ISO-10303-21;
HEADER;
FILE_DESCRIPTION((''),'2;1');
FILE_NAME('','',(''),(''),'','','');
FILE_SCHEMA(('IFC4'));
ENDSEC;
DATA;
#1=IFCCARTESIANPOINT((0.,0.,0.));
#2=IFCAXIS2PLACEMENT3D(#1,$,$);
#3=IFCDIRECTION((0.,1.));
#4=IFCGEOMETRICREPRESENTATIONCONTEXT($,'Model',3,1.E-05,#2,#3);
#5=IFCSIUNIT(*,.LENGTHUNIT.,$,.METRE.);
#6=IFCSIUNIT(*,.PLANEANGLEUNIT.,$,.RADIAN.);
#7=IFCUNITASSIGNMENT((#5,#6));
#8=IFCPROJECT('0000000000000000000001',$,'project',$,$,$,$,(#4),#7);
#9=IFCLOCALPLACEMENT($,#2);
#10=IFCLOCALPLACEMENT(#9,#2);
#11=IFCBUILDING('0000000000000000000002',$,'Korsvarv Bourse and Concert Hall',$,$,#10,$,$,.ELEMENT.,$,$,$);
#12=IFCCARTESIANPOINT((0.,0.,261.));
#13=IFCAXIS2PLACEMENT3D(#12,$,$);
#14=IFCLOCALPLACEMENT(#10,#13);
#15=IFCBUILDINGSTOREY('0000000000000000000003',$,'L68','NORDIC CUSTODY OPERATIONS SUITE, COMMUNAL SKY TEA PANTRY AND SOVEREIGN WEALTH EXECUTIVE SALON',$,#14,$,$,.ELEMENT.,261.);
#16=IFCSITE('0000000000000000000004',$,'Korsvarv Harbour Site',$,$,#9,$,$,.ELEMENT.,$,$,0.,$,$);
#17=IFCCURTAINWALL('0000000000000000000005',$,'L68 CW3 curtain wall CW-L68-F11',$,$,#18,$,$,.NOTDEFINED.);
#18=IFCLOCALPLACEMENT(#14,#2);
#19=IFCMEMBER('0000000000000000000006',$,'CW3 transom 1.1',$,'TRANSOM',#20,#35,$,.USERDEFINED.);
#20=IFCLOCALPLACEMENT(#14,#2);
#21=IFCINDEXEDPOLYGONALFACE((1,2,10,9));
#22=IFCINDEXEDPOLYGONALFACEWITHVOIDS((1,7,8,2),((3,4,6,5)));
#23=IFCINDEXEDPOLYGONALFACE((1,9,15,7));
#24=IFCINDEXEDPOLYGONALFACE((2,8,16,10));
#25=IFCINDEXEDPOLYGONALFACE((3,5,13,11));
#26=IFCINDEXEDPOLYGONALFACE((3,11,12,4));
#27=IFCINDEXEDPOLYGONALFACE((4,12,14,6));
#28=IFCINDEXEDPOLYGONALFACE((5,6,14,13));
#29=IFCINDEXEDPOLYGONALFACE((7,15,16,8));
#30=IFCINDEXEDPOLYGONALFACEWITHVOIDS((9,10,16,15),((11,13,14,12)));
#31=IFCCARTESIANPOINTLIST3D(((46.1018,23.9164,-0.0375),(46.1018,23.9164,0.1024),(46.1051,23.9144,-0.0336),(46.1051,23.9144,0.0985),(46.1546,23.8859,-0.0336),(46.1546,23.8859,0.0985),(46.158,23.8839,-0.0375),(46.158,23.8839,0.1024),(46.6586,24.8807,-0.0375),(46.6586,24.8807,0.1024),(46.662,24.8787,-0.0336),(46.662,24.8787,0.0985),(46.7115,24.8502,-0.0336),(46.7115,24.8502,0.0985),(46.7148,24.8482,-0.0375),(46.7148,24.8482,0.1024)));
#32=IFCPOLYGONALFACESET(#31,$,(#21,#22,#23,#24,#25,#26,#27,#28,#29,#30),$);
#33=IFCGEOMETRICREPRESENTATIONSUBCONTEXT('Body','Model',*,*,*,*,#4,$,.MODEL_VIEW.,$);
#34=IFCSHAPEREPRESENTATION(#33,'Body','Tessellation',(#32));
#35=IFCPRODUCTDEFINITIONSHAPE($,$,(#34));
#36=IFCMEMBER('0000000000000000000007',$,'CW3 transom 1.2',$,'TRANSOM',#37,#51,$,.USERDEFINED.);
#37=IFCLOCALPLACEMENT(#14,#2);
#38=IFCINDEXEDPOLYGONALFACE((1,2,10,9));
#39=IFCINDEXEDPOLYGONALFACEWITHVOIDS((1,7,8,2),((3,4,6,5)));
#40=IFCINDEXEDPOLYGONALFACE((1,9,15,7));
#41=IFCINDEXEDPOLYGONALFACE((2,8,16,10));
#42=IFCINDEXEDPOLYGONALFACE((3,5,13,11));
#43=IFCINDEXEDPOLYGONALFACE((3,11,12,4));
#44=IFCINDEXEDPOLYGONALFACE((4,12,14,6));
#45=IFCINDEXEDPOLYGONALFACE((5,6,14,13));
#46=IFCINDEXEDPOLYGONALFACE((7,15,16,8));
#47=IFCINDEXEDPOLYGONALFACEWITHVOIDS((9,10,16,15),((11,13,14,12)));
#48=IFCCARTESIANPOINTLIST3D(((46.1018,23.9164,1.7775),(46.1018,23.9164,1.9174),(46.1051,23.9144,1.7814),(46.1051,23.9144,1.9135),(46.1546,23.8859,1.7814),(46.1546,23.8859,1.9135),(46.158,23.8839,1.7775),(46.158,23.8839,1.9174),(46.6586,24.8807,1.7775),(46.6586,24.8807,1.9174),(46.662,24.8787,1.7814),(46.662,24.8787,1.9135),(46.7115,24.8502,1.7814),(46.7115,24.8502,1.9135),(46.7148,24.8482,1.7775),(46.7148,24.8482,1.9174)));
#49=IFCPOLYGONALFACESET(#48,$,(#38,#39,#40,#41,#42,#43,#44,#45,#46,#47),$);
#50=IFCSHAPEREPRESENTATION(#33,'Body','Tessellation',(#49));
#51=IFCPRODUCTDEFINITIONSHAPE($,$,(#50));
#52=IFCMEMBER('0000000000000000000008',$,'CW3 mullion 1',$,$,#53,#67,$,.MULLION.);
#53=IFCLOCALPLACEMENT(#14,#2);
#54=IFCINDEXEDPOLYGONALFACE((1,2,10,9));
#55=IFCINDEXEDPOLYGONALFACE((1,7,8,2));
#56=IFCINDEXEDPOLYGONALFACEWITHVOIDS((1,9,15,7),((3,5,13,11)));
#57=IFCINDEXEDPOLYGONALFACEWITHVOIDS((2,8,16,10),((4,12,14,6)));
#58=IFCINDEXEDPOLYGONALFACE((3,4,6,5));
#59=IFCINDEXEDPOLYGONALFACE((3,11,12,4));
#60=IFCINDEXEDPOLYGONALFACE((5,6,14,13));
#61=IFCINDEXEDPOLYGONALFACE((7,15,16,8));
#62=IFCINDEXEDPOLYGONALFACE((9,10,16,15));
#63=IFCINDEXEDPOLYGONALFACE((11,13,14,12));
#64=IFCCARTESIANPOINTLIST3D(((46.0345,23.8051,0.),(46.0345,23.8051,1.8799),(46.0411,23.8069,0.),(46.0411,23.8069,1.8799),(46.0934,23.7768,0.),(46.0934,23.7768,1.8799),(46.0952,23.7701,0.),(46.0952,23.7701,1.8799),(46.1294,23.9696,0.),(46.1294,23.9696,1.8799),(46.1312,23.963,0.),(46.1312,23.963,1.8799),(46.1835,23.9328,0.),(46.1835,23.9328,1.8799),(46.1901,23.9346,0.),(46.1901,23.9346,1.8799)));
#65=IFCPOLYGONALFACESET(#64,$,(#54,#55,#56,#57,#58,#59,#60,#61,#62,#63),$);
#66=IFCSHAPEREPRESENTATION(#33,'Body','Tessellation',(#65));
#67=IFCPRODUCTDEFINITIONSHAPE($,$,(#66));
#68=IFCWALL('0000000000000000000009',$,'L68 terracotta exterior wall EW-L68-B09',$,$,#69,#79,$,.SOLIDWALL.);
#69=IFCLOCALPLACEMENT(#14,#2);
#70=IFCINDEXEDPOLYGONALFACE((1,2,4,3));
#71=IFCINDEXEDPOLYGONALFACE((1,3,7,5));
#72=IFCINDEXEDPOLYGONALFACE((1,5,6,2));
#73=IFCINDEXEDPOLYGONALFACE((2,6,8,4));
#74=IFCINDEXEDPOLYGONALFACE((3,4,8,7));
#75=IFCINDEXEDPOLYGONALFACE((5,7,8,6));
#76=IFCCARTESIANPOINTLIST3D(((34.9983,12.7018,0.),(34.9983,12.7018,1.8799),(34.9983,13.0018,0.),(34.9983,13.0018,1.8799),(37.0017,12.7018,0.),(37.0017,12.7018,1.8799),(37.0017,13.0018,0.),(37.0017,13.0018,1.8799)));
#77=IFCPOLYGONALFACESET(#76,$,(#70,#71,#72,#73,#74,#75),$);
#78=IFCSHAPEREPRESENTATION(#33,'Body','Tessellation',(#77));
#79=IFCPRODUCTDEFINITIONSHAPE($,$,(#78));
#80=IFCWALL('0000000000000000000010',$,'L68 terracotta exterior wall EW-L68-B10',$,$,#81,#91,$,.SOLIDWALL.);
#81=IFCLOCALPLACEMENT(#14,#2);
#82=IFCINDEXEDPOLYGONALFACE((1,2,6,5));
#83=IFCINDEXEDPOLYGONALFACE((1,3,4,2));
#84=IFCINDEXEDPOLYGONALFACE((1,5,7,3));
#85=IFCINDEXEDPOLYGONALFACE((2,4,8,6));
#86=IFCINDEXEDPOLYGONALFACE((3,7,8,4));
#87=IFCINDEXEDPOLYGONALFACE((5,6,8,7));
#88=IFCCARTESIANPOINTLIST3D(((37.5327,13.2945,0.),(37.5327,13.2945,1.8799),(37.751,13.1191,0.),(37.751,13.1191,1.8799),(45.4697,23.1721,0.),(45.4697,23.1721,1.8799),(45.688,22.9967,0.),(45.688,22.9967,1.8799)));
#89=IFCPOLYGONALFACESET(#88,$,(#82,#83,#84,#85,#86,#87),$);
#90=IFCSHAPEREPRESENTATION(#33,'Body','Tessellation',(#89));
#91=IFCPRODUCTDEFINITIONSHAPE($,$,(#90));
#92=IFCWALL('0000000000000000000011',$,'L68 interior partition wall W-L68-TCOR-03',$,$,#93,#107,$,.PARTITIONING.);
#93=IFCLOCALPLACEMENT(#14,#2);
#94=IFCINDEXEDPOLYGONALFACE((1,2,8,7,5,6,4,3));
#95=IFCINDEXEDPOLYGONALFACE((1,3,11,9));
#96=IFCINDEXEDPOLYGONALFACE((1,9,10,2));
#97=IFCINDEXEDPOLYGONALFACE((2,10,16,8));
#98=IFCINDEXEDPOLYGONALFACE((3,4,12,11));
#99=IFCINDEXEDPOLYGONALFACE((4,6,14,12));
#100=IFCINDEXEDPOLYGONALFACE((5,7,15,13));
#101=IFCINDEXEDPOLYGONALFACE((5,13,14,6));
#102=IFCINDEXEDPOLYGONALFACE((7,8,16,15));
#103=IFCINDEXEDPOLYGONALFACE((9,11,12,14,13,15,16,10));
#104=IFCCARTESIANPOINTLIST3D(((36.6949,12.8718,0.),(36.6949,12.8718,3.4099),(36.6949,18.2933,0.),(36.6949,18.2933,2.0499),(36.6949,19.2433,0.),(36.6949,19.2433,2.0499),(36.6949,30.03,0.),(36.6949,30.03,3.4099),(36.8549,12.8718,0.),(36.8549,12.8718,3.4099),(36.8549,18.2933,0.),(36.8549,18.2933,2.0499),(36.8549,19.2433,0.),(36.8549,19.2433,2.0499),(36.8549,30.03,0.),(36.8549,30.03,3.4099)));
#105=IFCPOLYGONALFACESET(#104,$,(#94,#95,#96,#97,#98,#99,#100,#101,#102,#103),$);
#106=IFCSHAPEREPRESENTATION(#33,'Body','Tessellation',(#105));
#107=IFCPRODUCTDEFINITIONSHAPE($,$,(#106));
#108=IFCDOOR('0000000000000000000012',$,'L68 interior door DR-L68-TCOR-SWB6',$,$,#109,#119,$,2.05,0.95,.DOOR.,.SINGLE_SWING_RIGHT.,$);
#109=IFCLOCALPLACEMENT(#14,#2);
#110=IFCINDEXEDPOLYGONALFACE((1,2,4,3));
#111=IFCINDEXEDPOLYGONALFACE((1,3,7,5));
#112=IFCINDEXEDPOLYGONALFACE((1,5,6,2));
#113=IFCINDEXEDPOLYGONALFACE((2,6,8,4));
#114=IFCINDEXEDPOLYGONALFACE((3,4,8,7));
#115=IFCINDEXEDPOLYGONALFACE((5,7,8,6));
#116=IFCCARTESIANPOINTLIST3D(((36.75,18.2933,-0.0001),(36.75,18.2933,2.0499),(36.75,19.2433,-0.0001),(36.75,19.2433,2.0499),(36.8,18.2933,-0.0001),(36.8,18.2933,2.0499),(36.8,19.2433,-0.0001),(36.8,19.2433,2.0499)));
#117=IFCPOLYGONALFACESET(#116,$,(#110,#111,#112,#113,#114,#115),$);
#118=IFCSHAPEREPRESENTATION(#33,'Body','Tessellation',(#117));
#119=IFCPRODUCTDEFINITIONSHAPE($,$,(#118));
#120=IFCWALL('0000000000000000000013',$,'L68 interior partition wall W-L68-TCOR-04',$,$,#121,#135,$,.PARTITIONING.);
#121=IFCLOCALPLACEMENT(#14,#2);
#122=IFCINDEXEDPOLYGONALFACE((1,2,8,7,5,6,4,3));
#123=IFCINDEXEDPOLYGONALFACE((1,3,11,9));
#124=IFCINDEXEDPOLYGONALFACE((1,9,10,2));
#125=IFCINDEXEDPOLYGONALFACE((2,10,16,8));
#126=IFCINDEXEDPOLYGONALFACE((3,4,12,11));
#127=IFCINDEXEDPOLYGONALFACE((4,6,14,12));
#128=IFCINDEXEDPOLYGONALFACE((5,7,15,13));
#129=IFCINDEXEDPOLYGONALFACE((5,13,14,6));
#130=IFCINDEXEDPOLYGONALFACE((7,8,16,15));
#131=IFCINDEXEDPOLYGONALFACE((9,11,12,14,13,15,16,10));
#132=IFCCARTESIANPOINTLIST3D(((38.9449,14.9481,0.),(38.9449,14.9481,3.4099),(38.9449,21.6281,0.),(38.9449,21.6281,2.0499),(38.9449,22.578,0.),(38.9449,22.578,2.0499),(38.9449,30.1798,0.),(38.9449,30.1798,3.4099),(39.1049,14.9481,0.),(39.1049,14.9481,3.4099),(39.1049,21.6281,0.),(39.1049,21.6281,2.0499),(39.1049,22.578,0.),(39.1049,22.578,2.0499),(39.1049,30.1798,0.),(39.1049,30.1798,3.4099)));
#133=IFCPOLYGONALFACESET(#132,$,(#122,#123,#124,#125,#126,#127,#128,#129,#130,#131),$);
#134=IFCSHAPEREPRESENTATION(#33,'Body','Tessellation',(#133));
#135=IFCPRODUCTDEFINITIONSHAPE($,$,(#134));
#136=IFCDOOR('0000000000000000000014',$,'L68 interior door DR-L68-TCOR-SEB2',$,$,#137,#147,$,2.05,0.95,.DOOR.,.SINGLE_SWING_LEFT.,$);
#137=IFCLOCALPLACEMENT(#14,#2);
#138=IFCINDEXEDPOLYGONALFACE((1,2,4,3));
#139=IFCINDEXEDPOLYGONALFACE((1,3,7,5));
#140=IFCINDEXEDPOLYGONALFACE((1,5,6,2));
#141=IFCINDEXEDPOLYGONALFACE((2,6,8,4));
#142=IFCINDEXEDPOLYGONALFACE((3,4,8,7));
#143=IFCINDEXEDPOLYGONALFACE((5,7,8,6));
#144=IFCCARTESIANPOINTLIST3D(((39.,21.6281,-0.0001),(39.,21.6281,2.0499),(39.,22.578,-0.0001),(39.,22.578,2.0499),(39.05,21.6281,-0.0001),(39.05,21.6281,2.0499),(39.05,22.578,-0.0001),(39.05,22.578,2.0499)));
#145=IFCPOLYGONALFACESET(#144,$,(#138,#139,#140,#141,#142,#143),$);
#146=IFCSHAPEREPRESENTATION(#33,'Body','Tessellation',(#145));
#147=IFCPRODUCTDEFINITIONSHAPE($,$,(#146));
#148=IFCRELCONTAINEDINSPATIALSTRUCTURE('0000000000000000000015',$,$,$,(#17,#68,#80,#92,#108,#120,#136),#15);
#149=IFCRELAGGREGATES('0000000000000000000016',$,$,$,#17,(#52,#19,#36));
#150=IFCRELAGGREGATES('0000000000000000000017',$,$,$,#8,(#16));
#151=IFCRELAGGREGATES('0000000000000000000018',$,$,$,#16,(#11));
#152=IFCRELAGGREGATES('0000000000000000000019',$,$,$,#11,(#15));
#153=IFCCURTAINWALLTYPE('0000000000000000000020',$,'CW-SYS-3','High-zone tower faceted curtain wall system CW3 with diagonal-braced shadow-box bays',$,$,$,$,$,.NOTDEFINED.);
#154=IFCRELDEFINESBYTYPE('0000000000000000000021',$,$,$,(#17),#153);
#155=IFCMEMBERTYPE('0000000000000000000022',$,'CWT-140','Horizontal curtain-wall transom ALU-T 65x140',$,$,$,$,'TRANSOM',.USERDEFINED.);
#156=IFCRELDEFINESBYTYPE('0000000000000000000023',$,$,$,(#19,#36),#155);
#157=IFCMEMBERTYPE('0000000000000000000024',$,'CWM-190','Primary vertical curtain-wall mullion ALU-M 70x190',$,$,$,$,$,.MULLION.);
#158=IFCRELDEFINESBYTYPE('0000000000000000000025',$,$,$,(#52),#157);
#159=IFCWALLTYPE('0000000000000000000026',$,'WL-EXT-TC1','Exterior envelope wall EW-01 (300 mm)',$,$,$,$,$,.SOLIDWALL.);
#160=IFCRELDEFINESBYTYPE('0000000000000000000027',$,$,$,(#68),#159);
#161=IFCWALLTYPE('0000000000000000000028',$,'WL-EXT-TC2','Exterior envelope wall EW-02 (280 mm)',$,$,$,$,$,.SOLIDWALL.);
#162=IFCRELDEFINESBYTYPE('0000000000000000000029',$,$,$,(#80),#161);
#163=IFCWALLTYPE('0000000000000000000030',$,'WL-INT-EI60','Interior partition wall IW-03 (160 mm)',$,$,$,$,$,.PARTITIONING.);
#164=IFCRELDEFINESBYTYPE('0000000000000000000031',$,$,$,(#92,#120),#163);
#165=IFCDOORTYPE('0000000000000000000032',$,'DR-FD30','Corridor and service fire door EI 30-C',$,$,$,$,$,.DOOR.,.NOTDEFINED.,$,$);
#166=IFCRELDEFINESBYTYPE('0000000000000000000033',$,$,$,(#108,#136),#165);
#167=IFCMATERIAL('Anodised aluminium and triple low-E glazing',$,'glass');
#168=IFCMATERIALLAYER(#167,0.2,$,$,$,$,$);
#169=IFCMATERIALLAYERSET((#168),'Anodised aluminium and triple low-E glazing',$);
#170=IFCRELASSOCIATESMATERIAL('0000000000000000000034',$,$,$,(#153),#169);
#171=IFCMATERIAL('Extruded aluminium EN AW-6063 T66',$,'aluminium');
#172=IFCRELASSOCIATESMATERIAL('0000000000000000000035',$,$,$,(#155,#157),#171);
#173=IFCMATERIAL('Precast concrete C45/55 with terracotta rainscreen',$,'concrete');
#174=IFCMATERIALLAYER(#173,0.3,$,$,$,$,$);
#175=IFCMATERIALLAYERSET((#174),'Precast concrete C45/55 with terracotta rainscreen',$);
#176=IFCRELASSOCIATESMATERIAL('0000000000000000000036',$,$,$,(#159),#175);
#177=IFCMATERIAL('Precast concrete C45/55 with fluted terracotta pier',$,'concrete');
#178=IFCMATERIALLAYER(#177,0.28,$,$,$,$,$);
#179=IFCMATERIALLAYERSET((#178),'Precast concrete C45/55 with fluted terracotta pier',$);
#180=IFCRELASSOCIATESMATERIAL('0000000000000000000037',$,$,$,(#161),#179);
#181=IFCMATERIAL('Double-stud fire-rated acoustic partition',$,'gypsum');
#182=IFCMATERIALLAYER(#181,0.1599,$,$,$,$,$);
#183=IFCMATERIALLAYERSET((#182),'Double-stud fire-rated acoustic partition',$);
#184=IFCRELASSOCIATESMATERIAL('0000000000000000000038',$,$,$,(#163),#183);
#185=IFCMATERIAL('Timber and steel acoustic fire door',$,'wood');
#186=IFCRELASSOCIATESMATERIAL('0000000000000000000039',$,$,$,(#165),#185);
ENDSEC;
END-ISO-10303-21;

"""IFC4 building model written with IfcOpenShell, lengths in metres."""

from ifc_helpers import new_model, si_unit, direction, frame, frame_2d, origin, origin_2d, place, context, subcontext, project, spatial, rectangle, hollow_rectangle, extrude, source, transform, mapped, material, layer, layer_set, material_profile, profile_set, type_object, element, fill, aggregate, save


model = new_model("IFC4")

# Units and contexts
model_context = context("Model", 3, precision=1e-05, world=origin(), true_north=direction((0.0, 1.0)))
body_context = subcontext(model_context, "Body", "Model", "MODEL_VIEW")
ifc_project = project(units=[si_unit("LENGTHUNIT", "METRE"), si_unit("PLANEANGLEUNIT", "RADIAN")], contexts=[model_context])

# Site, building, storey
site_placement = place(None, origin())
site = spatial("IfcSite", under=ifc_project, at=site_placement, Name="Korsvarv Harbour Site", CompositionType="ELEMENT", RefElevation=0.0)
building_placement = place(site_placement, origin())
building = spatial("IfcBuilding", under=site, at=building_placement, Name="Korsvarv Bourse and Concert Hall", CompositionType="ELEMENT")
storey_placement = place(building_placement, frame((0.0, 0.0, 261.0)))
storey = spatial("IfcBuildingStorey", under=building, at=storey_placement, Name="L68", Description="NORDIC CUSTODY OPERATIONS SUITE, COMMUNAL SKY TEA PANTRY AND SOVEREIGN WEALTH EXECUTIVE SALON", CompositionType="ELEMENT", Elevation=261.0)

# Curtain wall, members
ifc_material_1 = material(Name="Anodised aluminium and triple low-E glazing", Category="glass")
ifc_layer_1 = layer(ifc_material_1, 0.2)
ifc_layer_set_1 = layer_set([ifc_layer_1], Name="Anodised aluminium and triple low-E glazing")
curtain_wall_type = type_object("IfcCurtainWallType", Name="CW-SYS-3", Description="High-zone tower faceted curtain wall system CW3 with diagonal-braced shadow-box bays", PredefinedType="NOTDEFINED", material=ifc_layer_set_1)
curtain_wall_placement = place(storey_placement, origin())
curtain_wall = element("IfcCurtainWall", 1, at=curtain_wall_placement, inside=storey, type_object=curtain_wall_type, Name="L68 CW3 curtain wall CW-L68-F11", PredefinedType="NOTDEFINED")
ifc_material_2 = material(Name="Extruded aluminium EN AW-6063 T66", Category="aluminium")
ifc_material_profile_1 = material_profile(ifc_material_2, hollow_rectangle(XDim=0.0649, YDim=0.1399, WallThickness=0.0039, at=origin_2d()), Name="ALU-T 65x140")
ifc_profile_set_1 = profile_set([ifc_material_profile_1], Name="Extruded aluminium EN AW-6063 T66")
member_type_1 = type_object("IfcMemberType", Name="CWT-140", Description="Horizontal curtain-wall transom ALU-T 65x140", ElementType="TRANSOM", PredefinedType="USERDEFINED", material=ifc_profile_set_1)
shared_shape_1 = source(origin(), body_context, "Body", "SweptSolid", [
    extrude(hollow_rectangle(XDim=0.0649, YDim=0.1399, WallThickness=0.0039, at=origin_2d()), origin(), (0.0, 0.0, 1.0), 1.1135),
])
member_1_placement = place(storey_placement, frame((46.1299, 23.9001, 0.0325), z_axis=(0.500077, 0.865981, 0.0), x_axis=(-0.865981, 0.500077, 0.0)))
member_1 = element("IfcMember", 2, at=member_1_placement, type_object=member_type_1, Name="CW3 transom 1.1", ObjectType="TRANSOM", PredefinedType="USERDEFINED", context=body_context, shape_type="MappedRepresentation", body=[
    mapped(shared_shape_1, transform((0.0, 0.0, 0.0), scale=1.0)),
])
member_2_placement = place(storey_placement, frame((46.1299, 23.9001, 1.8474), z_axis=(0.500077, 0.865981, 0.0), x_axis=(-0.865981, 0.500077, 0.0)))
member_2 = element("IfcMember", 3, at=member_2_placement, type_object=member_type_1, Name="CW3 transom 1.2", ObjectType="TRANSOM", PredefinedType="USERDEFINED", context=body_context, shape_type="MappedRepresentation", body=[
    mapped(shared_shape_1, transform((0.0, 0.0, 0.0), scale=1.0)),
])
ifc_material_profile_2 = material_profile(ifc_material_2, hollow_rectangle(XDim=0.0701, YDim=0.1899, WallThickness=0.0049, at=origin_2d()), Name="ALU-M 70x190")
ifc_profile_set_2 = profile_set([ifc_material_profile_2], Name="Extruded aluminium EN AW-6063 T66")
member_type_2 = type_object("IfcMemberType", Name="CWM-190", Description="Primary vertical curtain-wall mullion ALU-M 70x190", PredefinedType="MULLION", material=ifc_profile_set_2)
shared_shape_2 = source(origin(), body_context, "Body", "SweptSolid", [
    extrude(hollow_rectangle(XDim=0.0701, YDim=0.1899, WallThickness=0.0049, at=origin_2d()), origin(), (0.0, 0.0, 1.0), 1.8799),
])
member_3_placement = place(storey_placement, frame((46.1123, 23.8699, 0.0), z_axis=(0.0, 0.0, 1.0), x_axis=(-0.866023, 0.500004, 0.0)))
member_3 = element("IfcMember", 4, at=member_3_placement, type_object=member_type_2, Name="CW3 mullion 1", PredefinedType="MULLION", context=body_context, shape_type="MappedRepresentation", body=[
    mapped(shared_shape_2, transform((0.0, 0.0, 0.0), scale=1.0)),
])
aggregate(curtain_wall, [member_3, member_1, member_2])

# Walls
ifc_material_3 = material(Name="Precast concrete C45/55 with terracotta rainscreen", Category="concrete")
ifc_layer_2 = layer(ifc_material_3, 0.3)
ifc_layer_set_2 = layer_set([ifc_layer_2], Name="Precast concrete C45/55 with terracotta rainscreen")
wall_type_1 = type_object("IfcWallType", Name="WL-EXT-TC1", Description="Exterior envelope wall EW-01 (300 mm)", PredefinedType="SOLIDWALL", material=ifc_layer_set_2)
wall_1_placement = place(storey_placement, frame((34.9983, 12.8518, 0.0), z_axis=(0.0, 0.0, 1.0), x_axis=(1.0, 0.0, 0.0)))
element("IfcWall", 5, at=wall_1_placement, inside=storey, type_object=wall_type_1, Name="L68 terracotta exterior wall EW-L68-B09", PredefinedType="SOLIDWALL", context=body_context, shape_type="SweptSolid", body=[
    extrude(rectangle(XDim=2.0034, YDim=0.3, at=frame_2d((1.0017, 0.0))), origin(), (0.0, 0.0, 1.0), 1.8799),
])
ifc_material_4 = material(Name="Precast concrete C45/55 with fluted terracotta pier", Category="concrete")
ifc_layer_3 = layer(ifc_material_4, 0.28)
ifc_layer_set_3 = layer_set([ifc_layer_3], Name="Precast concrete C45/55 with fluted terracotta pier")
wall_type_2 = type_object("IfcWallType", Name="WL-EXT-TC2", Description="Exterior envelope wall EW-02 (280 mm)", PredefinedType="SOLIDWALL", material=ifc_layer_set_3)
wall_2_placement = place(storey_placement, frame((37.6418, 13.2068, 0.0), z_axis=(0.0, 0.0, 1.0), x_axis=(0.626371, 0.779525, 0.0)))
element("IfcWall", 6, at=wall_2_placement, inside=storey, type_object=wall_type_2, Name="L68 terracotta exterior wall EW-L68-B10", PredefinedType="SOLIDWALL", context=body_context, shape_type="SweptSolid", body=[
    extrude(rectangle(XDim=12.6714, YDim=0.28, at=frame_2d((6.3357, 0.0))), origin(), (0.0, 0.0, 1.0), 1.8799),
])

# Walls, openings, doors
ifc_material_5 = material(Name="Double-stud fire-rated acoustic partition", Category="gypsum")
ifc_layer_4 = layer(ifc_material_5, 0.1599)
ifc_layer_set_4 = layer_set([ifc_layer_4], Name="Double-stud fire-rated acoustic partition")
wall_type_3 = type_object("IfcWallType", Name="WL-INT-EI60", Description="Interior partition wall IW-03 (160 mm)", PredefinedType="PARTITIONING", material=ifc_layer_set_4)
wall_3_placement = place(storey_placement, frame((36.7749, 12.8718, 0.0), z_axis=(0.0, 0.0, 1.0), x_axis=(0.0, 1.0, 0.0)))
wall_3 = element("IfcWall", 7, at=wall_3_placement, inside=storey, type_object=wall_type_3, Name="L68 interior partition wall W-L68-TCOR-03", PredefinedType="PARTITIONING", context=body_context, shape_type="SweptSolid", body=[
    extrude(rectangle(XDim=17.1582, YDim=0.1599, at=frame_2d((8.5791, 0.0))), origin(), (0.0, 0.0, 1.0), 3.4099),
])
opening_1_placement = place(wall_3_placement, frame((5.4214, 0.0, 0.0)))
opening_1 = element("IfcOpeningElement", 8, at=opening_1_placement, cuts=wall_3, PredefinedType="OPENING", context=body_context, shape_type="SweptSolid", body=[
    extrude(rectangle(XDim=0.95, YDim=2.05, at=frame_2d((0.4751, 1.0249))), frame((0.0, 0.0898, 0.0), z_axis=(0.0, -1.0, 0.0), x_axis=(1.0, 0.0, 0.0)), (0.0, 0.0, 1.0), 0.1799),
])
ifc_material_6 = material(Name="Timber and steel acoustic fire door", Category="wood")
door_type_1 = type_object("IfcDoorType", Name="DR-FD30", Description="Corridor and service fire door EI 30-C", OperationType="NOTDEFINED", PredefinedType="DOOR", material=ifc_material_6)
door_1_placement = place(opening_1_placement, origin())
door_1 = element("IfcDoor", 9, at=door_1_placement, inside=storey, type_object=door_type_1, Name="L68 interior door DR-L68-TCOR-SWB6", OperationType="SINGLE_SWING_RIGHT", OverallHeight=2.05, OverallWidth=0.95, PredefinedType="DOOR", context=body_context, shape_type="SweptSolid", body=[
    extrude(rectangle(XDim=0.95, YDim=2.05, at=frame_2d((0.4751, 1.0249))), frame((0.0, 0.0249, 0.0), z_axis=(0.0, -1.0, 0.0), x_axis=(1.0, 0.0, 0.0)), (0.0, 0.0, 1.0), 0.05),
])
fill(opening_1, door_1)
wall_4_placement = place(storey_placement, frame((39.0249, 14.9482, 0.0), z_axis=(0.0, 0.0, 1.0), x_axis=(0.0, 1.0, 0.0)))
wall_4 = element("IfcWall", 10, at=wall_4_placement, inside=storey, type_object=wall_type_3, Name="L68 interior partition wall W-L68-TCOR-04", PredefinedType="PARTITIONING", context=body_context, shape_type="SweptSolid", body=[
    extrude(rectangle(XDim=15.2317, YDim=0.1599, at=frame_2d((7.6157, 0.0))), origin(), (0.0, 0.0, 1.0), 3.4099),
])
opening_2_placement = place(wall_4_placement, frame((6.6797, 0.0, 0.0)))
opening_2 = element("IfcOpeningElement", 11, at=opening_2_placement, cuts=wall_4, PredefinedType="OPENING", context=body_context, shape_type="SweptSolid", body=[
    extrude(rectangle(XDim=0.95, YDim=2.05, at=frame_2d((0.4751, 1.0249))), frame((0.0, 0.0898, 0.0), z_axis=(0.0, -1.0, 0.0), x_axis=(1.0, 0.0, 0.0)), (0.0, 0.0, 1.0), 0.1799),
])
door_2_placement = place(opening_2_placement, origin())
door_2 = element("IfcDoor", 12, at=door_2_placement, inside=storey, type_object=door_type_1, Name="L68 interior door DR-L68-TCOR-SEB2", OperationType="SINGLE_SWING_LEFT", OverallHeight=2.05, OverallWidth=0.95, PredefinedType="DOOR", context=body_context, shape_type="SweptSolid", body=[
    extrude(rectangle(XDim=0.95, YDim=2.05, at=frame_2d((0.4751, 1.0249))), frame((0.0, 0.0249, 0.0), z_axis=(0.0, -1.0, 0.0), x_axis=(1.0, 0.0, 0.0)), (0.0, 0.0, 1.0), 0.05),
])
fill(opening_2, door_2)

save(model, "model.ifc")
